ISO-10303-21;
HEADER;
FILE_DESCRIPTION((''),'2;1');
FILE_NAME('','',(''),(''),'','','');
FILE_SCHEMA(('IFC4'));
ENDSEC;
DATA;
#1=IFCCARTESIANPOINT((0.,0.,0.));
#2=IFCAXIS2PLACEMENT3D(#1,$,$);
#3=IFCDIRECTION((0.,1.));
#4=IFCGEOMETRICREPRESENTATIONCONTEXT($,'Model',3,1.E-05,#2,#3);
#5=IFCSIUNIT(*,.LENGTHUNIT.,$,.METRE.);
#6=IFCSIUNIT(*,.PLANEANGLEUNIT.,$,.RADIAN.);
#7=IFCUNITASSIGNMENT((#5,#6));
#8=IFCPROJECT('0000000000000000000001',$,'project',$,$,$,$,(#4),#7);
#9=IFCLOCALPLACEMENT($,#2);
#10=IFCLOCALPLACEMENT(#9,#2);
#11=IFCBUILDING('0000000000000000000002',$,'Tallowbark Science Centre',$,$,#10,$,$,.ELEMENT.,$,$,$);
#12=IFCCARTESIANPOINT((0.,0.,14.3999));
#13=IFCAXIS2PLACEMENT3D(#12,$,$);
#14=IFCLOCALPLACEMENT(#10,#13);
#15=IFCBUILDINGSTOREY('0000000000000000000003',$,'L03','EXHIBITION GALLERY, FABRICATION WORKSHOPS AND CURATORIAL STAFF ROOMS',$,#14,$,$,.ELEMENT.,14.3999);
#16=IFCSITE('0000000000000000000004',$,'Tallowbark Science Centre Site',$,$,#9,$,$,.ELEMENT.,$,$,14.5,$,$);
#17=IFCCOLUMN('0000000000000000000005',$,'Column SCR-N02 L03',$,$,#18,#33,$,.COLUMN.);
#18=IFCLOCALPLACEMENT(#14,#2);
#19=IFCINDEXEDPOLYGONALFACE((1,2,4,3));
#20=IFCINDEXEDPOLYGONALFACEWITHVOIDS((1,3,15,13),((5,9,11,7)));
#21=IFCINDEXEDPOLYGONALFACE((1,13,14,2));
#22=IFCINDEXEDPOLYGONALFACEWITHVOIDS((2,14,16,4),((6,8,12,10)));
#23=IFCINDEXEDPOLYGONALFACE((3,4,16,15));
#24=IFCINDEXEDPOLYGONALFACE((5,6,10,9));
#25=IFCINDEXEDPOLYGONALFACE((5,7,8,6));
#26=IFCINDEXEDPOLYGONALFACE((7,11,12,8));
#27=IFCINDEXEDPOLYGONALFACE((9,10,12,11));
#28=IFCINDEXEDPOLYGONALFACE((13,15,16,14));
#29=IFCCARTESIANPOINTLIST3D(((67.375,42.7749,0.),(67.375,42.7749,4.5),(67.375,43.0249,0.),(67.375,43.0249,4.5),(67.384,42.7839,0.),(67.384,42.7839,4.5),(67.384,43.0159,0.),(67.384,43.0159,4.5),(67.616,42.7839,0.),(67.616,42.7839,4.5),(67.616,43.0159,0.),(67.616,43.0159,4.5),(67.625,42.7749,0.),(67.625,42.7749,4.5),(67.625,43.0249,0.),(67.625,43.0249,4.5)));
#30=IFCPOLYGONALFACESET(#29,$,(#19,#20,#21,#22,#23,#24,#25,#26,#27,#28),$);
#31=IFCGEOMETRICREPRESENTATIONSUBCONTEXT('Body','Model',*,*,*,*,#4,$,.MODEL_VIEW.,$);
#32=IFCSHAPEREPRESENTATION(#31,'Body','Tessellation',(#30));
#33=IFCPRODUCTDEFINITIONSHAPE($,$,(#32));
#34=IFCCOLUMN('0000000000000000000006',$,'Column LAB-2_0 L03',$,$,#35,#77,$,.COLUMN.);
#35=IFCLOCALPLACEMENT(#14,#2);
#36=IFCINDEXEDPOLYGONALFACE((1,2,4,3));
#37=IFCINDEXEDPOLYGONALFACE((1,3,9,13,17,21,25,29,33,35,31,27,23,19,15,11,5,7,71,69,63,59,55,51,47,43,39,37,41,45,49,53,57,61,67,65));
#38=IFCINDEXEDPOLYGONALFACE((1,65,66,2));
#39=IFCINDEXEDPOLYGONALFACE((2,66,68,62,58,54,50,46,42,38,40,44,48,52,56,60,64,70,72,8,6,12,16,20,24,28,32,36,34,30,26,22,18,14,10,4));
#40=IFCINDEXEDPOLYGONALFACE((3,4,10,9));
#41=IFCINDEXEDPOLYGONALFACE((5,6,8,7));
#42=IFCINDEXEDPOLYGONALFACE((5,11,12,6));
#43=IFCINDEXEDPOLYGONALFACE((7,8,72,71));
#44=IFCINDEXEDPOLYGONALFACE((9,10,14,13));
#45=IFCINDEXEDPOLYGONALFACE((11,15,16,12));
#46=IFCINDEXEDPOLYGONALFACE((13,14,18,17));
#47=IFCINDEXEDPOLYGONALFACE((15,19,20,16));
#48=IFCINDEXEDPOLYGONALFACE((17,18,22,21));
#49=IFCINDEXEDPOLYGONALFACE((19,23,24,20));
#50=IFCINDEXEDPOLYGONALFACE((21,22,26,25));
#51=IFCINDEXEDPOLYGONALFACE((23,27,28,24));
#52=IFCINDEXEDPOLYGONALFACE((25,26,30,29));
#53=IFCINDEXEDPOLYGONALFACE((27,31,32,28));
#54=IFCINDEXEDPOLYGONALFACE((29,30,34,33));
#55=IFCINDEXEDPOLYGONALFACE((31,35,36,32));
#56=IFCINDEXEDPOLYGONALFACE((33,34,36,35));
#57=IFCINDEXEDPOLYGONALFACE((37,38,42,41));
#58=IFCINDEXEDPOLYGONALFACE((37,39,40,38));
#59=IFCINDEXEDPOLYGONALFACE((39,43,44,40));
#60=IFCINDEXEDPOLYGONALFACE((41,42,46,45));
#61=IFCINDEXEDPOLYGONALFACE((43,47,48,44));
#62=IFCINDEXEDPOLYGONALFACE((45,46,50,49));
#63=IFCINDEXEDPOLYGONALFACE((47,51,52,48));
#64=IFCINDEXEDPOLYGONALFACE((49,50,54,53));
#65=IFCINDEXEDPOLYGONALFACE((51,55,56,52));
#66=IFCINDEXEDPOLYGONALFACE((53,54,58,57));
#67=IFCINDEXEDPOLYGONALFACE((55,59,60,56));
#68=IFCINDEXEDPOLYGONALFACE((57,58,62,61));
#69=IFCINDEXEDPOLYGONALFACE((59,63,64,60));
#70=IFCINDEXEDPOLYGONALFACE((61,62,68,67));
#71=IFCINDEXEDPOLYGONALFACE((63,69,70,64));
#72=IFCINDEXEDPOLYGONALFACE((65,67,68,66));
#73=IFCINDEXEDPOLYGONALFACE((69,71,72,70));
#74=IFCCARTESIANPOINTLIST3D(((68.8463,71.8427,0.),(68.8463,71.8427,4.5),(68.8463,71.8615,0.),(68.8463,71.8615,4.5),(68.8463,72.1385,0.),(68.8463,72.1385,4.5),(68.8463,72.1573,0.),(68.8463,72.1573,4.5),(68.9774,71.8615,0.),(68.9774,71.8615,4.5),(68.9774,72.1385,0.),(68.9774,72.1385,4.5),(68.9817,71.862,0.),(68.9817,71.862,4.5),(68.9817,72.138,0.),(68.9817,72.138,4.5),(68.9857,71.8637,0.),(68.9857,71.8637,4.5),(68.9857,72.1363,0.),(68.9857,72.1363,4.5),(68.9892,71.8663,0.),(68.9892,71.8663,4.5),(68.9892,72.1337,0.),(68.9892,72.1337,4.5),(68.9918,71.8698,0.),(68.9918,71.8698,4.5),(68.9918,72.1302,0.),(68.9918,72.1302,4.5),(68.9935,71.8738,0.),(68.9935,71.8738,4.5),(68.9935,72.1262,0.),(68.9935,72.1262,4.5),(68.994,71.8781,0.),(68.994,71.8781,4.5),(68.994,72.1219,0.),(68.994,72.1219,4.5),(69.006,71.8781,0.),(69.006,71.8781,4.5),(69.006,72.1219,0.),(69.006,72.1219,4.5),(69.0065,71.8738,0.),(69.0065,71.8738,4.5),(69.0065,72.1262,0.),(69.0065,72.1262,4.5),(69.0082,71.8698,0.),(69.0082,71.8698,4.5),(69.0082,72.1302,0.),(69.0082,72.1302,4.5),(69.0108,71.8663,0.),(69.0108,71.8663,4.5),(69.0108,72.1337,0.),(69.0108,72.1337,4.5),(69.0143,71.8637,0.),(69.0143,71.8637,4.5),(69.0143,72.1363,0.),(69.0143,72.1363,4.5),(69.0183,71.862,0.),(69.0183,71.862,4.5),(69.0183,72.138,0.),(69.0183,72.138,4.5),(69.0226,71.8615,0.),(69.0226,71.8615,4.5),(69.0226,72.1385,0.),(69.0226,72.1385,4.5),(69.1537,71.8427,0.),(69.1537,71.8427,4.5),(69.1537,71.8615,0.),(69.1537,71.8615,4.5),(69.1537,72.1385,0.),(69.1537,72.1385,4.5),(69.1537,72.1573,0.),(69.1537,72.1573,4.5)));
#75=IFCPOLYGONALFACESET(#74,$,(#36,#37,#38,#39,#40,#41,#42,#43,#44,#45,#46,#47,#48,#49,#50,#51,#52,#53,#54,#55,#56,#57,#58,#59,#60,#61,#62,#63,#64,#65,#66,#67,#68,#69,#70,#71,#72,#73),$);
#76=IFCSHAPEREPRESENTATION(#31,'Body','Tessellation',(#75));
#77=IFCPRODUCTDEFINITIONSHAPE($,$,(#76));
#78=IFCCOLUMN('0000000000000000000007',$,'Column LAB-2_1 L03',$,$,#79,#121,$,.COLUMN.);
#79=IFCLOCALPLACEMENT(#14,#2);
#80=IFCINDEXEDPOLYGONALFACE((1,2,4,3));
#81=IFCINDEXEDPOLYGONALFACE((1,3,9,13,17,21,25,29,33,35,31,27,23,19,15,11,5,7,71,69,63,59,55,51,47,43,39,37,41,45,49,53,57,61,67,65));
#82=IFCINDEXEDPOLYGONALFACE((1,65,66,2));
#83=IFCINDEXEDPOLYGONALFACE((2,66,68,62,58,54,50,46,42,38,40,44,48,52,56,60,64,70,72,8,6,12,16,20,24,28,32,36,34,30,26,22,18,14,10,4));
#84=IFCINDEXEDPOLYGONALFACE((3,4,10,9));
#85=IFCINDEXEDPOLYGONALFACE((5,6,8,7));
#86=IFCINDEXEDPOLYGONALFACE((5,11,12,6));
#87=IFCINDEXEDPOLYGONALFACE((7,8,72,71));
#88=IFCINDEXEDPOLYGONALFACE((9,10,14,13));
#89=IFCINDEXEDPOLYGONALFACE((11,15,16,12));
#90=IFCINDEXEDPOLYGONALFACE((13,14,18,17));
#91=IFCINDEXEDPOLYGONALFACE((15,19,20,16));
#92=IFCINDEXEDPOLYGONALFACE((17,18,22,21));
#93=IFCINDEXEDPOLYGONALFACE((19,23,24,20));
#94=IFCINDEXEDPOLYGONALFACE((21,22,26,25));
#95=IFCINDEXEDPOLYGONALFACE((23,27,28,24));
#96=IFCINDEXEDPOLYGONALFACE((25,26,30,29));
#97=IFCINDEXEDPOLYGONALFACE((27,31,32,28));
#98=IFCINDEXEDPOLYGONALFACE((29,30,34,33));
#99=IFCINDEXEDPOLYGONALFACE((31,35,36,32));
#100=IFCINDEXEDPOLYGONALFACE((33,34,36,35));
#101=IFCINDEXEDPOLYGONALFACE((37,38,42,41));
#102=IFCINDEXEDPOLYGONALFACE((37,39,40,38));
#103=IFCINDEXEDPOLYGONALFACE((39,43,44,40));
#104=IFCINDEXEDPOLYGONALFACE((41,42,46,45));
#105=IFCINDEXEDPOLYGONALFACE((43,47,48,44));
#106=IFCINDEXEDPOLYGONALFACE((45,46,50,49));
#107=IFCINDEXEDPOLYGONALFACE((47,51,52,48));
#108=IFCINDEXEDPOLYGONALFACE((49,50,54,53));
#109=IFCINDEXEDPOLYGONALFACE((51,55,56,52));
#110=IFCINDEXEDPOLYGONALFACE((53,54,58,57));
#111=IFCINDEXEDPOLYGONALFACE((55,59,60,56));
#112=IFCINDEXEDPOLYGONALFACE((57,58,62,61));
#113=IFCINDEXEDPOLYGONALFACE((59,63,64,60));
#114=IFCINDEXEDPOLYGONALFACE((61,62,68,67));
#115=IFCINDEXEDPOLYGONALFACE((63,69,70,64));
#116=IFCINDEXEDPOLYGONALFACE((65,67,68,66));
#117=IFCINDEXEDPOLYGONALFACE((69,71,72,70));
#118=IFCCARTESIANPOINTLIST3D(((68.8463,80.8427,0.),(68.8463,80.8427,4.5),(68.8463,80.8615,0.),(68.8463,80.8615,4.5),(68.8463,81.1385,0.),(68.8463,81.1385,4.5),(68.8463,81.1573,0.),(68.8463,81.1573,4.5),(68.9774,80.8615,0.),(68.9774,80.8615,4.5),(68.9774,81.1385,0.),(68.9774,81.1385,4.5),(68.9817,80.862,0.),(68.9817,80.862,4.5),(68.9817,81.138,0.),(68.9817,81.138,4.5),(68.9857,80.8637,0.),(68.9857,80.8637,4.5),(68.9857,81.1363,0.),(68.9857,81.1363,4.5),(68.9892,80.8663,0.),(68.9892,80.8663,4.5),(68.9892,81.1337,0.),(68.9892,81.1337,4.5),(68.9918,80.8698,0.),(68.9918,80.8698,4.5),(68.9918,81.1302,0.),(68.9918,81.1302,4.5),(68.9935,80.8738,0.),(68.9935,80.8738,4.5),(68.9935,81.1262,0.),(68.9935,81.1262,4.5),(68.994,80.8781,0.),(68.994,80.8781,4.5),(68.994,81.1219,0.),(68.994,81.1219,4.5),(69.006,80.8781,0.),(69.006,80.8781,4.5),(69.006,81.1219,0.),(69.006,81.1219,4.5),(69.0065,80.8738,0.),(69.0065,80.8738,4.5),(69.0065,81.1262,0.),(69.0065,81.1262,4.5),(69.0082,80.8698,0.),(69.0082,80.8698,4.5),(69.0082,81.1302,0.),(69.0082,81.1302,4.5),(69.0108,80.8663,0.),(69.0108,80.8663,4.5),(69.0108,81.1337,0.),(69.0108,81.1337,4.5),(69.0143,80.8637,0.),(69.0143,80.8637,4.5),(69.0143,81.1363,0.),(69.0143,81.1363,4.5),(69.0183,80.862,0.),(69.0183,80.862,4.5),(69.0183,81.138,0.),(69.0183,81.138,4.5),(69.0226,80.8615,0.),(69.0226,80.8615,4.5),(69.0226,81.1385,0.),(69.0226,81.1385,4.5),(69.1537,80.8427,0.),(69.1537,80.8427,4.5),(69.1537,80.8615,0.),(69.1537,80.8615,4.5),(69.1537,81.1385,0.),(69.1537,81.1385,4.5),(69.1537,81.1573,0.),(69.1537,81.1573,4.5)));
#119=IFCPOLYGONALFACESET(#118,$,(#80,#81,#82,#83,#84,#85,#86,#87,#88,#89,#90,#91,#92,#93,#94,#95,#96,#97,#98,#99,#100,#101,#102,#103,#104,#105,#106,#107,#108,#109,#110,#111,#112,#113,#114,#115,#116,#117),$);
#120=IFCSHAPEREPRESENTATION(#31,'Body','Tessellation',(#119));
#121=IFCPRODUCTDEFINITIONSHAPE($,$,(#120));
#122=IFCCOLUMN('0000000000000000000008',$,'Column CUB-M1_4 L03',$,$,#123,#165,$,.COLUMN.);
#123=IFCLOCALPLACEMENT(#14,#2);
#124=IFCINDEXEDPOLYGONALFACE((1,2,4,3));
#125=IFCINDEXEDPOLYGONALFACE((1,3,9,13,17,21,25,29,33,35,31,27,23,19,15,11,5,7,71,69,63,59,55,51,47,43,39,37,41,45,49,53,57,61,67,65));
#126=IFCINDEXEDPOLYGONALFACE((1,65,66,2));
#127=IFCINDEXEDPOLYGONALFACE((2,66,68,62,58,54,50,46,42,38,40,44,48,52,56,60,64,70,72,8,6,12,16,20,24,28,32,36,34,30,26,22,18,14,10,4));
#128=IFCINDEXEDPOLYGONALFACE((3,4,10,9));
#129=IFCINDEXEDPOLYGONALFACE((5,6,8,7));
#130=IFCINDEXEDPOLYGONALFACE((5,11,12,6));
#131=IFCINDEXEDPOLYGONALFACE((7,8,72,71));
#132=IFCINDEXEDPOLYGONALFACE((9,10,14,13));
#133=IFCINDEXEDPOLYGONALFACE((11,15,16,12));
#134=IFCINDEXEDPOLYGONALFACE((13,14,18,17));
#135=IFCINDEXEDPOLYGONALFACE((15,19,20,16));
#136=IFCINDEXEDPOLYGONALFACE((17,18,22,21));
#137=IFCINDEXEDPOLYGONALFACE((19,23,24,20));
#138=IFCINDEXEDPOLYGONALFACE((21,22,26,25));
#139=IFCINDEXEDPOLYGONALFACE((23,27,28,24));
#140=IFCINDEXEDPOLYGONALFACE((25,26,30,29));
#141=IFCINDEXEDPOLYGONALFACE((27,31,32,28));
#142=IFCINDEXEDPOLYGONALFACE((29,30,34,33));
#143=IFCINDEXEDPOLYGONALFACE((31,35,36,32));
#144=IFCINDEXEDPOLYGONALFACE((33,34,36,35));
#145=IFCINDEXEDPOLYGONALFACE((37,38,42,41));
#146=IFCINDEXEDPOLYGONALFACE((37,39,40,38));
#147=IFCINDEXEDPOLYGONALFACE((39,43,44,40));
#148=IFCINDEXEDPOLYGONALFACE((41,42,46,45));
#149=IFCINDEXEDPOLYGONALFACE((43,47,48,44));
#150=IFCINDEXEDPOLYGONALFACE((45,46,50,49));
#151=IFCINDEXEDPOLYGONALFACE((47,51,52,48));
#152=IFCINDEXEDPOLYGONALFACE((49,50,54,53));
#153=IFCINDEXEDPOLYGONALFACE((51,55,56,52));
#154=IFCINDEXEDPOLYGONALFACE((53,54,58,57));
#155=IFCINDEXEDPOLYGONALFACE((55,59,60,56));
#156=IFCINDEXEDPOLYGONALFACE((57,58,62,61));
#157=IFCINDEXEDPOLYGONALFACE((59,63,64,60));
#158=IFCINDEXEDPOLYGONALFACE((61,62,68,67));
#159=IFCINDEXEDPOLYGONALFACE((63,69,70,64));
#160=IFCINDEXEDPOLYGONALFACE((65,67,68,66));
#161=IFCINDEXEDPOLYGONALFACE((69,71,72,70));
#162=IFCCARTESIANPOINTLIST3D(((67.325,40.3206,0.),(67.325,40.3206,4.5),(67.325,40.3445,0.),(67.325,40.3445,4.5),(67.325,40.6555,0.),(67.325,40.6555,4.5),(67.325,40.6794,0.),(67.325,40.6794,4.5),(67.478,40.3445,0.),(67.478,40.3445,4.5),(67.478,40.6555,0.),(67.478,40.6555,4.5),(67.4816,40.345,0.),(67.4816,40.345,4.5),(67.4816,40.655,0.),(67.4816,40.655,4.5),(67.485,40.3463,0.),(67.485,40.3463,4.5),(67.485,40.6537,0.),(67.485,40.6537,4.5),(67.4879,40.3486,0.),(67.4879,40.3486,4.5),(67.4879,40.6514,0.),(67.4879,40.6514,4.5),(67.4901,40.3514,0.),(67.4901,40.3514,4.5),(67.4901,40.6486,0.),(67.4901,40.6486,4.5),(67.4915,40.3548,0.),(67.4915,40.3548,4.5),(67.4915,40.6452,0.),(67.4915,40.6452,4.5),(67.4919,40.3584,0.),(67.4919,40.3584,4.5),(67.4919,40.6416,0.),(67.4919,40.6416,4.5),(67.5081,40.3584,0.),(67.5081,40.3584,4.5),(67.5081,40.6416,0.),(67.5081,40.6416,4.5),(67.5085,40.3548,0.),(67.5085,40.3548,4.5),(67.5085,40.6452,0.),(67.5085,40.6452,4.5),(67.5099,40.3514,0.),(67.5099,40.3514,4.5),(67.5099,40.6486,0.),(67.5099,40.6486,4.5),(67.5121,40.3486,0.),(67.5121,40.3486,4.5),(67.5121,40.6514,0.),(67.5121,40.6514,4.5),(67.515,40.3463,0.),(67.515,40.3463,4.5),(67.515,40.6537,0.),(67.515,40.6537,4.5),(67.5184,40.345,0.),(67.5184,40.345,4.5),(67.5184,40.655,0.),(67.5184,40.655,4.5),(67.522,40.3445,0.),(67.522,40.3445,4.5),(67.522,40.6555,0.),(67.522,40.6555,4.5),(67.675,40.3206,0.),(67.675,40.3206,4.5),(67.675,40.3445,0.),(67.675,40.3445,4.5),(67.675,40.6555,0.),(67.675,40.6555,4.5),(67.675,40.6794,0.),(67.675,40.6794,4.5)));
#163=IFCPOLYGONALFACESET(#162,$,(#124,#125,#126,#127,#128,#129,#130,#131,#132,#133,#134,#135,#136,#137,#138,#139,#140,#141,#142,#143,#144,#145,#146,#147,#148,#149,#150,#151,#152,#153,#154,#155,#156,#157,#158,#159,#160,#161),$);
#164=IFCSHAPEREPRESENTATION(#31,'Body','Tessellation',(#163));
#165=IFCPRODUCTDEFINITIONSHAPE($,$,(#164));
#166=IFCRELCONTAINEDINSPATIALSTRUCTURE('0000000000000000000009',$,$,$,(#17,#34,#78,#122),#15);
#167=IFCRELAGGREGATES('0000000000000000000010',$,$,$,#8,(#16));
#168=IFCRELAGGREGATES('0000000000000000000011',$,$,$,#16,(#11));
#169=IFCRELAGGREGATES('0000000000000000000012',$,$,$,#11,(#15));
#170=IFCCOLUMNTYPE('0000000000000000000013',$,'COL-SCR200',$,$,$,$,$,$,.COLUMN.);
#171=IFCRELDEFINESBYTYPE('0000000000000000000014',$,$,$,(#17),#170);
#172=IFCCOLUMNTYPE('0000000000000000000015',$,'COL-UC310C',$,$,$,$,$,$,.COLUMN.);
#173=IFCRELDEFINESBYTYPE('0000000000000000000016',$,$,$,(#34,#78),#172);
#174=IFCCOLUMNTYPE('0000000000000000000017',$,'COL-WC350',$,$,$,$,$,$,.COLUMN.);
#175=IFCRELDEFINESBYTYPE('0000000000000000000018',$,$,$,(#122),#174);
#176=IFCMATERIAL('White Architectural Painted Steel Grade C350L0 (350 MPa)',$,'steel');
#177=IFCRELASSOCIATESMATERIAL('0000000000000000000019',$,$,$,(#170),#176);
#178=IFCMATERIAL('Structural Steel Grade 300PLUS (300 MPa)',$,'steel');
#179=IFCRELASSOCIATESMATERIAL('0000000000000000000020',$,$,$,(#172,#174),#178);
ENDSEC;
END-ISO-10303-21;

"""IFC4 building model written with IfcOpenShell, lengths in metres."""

from ifc_helpers import new_model, si_unit, direction, frame, origin, origin_2d, place, context, subcontext, project, spatial, hollow_rectangle, i_section, extrude, material, material_profile, profile_set, type_object, element, save


model = new_model("IFC4")

# Units and contexts
model_context = context("Model", 3, precision=1e-05, world=origin(), true_north=direction((0.0, 1.0)))
body_context = subcontext(model_context, "Body", "Model", "MODEL_VIEW")
ifc_project = project(units=[si_unit("LENGTHUNIT", "METRE"), si_unit("PLANEANGLEUNIT", "RADIAN")], contexts=[model_context])

# Site, building, storey
site_placement = place(None, origin())
site = spatial("IfcSite", under=ifc_project, at=site_placement, Name="Tallowbark Science Centre Site", CompositionType="ELEMENT", RefElevation=14.5)
building_placement = place(site_placement, origin())
building = spatial("IfcBuilding", under=site, at=building_placement, Name="Tallowbark Science Centre", CompositionType="ELEMENT")
storey_placement = place(building_placement, frame((0.0, 0.0, 14.3999)))
storey = spatial("IfcBuildingStorey", under=building, at=storey_placement, Name="L03", Description="EXHIBITION GALLERY, FABRICATION WORKSHOPS AND CURATORIAL STAFF ROOMS", CompositionType="ELEMENT", Elevation=14.3999)

# Columns
ifc_material_1 = material(Name="White Architectural Painted Steel Grade C350L0 (350 MPa)", Category="steel")
ifc_material_profile_1 = material_profile(ifc_material_1, hollow_rectangle(XDim=0.25, YDim=0.25, WallThickness=0.009, at=origin_2d()), Name="250x250x9.0SHS")
ifc_profile_set_1 = profile_set([ifc_material_profile_1], Name="White Architectural Painted Steel Grade C350L0 (350 MPa)")
column_type_1 = type_object("IfcColumnType", Name="COL-SCR200", PredefinedType="COLUMN", material=ifc_profile_set_1)
column_1_placement = place(storey_placement, frame((67.5, 42.8999, 0.0), z_axis=(0.0, 0.0, 1.0), x_axis=(1.0, 0.0, 0.0)))
element("IfcColumn", 1, at=column_1_placement, inside=storey, type_object=column_type_1, Name="Column SCR-N02 L03", PredefinedType="COLUMN", context=body_context, shape_type="SweptSolid", body=[
    extrude(hollow_rectangle(XDim=0.25, YDim=0.25, WallThickness=0.009, at=origin_2d()), origin(), (0.0, 0.0, 1.0), 4.5),
])
ifc_material_2 = material(Name="Structural Steel Grade 300PLUS (300 MPa)", Category="steel")
ifc_material_profile_2 = material_profile(ifc_material_2, i_section(OverallWidth=0.3074, OverallDepth=0.3147, WebThickness=0.012, FlangeThickness=0.0188, FilletRadius=0.0166, at=origin_2d()), Name="310UC118")
ifc_profile_set_2 = profile_set([ifc_material_profile_2], Name="Structural Steel Grade 300PLUS (300 MPa)")
column_type_2 = type_object("IfcColumnType", Name="COL-UC310C", PredefinedType="COLUMN", material=ifc_profile_set_2)
for number, where, z_axis, x_axis, name in (
    (2, (69.0, 72.0, 0.0), (0.0, 0.0, 1.0), (1.0, 0.0, 0.0), "Column LAB-2_0 L03"),
    (3, (69.0, 81.0, 0.0), (0.0, 0.0, 1.0), (1.0, 0.0, 0.0), "Column LAB-2_1 L03"),
):
    element("IfcColumn", number, at=place(storey_placement, frame(where, z_axis=z_axis, x_axis=x_axis)), inside=storey, type_object=column_type_2, Name=name, PredefinedType="COLUMN", context=body_context, shape_type="SweptSolid", body=[
        extrude(i_section(OverallWidth=0.3074, OverallDepth=0.3147, WebThickness=0.012, FlangeThickness=0.0188, FilletRadius=0.0166, at=origin_2d()), origin(), (0.0, 0.0, 1.0), 4.5),
    ])
ifc_material_profile_3 = material_profile(ifc_material_2, i_section(OverallWidth=0.3501, OverallDepth=0.3589, WebThickness=0.0161, FlangeThickness=0.0239, FilletRadius=0.0139, at=origin_2d()), Name="350WC197")
ifc_profile_set_3 = profile_set([ifc_material_profile_3], Name="Structural Steel Grade 300PLUS (300 MPa)")
column_type_3 = type_object("IfcColumnType", Name="COL-WC350", PredefinedType="COLUMN", material=ifc_profile_set_3)
column_2_placement = place(storey_placement, frame((67.5, 40.5, 0.0), z_axis=(0.0, 0.0, 1.0), x_axis=(1.0, 0.0, 0.0)))
element("IfcColumn", 4, at=column_2_placement, inside=storey, type_object=column_type_3, Name="Column CUB-M1_4 L03", PredefinedType="COLUMN", context=body_context, shape_type="SweptSolid", body=[
    extrude(i_section(OverallWidth=0.3501, OverallDepth=0.3589, WebThickness=0.0161, FlangeThickness=0.0239, FilletRadius=0.0139, at=origin_2d()), origin(), (0.0, 0.0, 1.0), 4.5),
])

save(model, "model.ifc")
